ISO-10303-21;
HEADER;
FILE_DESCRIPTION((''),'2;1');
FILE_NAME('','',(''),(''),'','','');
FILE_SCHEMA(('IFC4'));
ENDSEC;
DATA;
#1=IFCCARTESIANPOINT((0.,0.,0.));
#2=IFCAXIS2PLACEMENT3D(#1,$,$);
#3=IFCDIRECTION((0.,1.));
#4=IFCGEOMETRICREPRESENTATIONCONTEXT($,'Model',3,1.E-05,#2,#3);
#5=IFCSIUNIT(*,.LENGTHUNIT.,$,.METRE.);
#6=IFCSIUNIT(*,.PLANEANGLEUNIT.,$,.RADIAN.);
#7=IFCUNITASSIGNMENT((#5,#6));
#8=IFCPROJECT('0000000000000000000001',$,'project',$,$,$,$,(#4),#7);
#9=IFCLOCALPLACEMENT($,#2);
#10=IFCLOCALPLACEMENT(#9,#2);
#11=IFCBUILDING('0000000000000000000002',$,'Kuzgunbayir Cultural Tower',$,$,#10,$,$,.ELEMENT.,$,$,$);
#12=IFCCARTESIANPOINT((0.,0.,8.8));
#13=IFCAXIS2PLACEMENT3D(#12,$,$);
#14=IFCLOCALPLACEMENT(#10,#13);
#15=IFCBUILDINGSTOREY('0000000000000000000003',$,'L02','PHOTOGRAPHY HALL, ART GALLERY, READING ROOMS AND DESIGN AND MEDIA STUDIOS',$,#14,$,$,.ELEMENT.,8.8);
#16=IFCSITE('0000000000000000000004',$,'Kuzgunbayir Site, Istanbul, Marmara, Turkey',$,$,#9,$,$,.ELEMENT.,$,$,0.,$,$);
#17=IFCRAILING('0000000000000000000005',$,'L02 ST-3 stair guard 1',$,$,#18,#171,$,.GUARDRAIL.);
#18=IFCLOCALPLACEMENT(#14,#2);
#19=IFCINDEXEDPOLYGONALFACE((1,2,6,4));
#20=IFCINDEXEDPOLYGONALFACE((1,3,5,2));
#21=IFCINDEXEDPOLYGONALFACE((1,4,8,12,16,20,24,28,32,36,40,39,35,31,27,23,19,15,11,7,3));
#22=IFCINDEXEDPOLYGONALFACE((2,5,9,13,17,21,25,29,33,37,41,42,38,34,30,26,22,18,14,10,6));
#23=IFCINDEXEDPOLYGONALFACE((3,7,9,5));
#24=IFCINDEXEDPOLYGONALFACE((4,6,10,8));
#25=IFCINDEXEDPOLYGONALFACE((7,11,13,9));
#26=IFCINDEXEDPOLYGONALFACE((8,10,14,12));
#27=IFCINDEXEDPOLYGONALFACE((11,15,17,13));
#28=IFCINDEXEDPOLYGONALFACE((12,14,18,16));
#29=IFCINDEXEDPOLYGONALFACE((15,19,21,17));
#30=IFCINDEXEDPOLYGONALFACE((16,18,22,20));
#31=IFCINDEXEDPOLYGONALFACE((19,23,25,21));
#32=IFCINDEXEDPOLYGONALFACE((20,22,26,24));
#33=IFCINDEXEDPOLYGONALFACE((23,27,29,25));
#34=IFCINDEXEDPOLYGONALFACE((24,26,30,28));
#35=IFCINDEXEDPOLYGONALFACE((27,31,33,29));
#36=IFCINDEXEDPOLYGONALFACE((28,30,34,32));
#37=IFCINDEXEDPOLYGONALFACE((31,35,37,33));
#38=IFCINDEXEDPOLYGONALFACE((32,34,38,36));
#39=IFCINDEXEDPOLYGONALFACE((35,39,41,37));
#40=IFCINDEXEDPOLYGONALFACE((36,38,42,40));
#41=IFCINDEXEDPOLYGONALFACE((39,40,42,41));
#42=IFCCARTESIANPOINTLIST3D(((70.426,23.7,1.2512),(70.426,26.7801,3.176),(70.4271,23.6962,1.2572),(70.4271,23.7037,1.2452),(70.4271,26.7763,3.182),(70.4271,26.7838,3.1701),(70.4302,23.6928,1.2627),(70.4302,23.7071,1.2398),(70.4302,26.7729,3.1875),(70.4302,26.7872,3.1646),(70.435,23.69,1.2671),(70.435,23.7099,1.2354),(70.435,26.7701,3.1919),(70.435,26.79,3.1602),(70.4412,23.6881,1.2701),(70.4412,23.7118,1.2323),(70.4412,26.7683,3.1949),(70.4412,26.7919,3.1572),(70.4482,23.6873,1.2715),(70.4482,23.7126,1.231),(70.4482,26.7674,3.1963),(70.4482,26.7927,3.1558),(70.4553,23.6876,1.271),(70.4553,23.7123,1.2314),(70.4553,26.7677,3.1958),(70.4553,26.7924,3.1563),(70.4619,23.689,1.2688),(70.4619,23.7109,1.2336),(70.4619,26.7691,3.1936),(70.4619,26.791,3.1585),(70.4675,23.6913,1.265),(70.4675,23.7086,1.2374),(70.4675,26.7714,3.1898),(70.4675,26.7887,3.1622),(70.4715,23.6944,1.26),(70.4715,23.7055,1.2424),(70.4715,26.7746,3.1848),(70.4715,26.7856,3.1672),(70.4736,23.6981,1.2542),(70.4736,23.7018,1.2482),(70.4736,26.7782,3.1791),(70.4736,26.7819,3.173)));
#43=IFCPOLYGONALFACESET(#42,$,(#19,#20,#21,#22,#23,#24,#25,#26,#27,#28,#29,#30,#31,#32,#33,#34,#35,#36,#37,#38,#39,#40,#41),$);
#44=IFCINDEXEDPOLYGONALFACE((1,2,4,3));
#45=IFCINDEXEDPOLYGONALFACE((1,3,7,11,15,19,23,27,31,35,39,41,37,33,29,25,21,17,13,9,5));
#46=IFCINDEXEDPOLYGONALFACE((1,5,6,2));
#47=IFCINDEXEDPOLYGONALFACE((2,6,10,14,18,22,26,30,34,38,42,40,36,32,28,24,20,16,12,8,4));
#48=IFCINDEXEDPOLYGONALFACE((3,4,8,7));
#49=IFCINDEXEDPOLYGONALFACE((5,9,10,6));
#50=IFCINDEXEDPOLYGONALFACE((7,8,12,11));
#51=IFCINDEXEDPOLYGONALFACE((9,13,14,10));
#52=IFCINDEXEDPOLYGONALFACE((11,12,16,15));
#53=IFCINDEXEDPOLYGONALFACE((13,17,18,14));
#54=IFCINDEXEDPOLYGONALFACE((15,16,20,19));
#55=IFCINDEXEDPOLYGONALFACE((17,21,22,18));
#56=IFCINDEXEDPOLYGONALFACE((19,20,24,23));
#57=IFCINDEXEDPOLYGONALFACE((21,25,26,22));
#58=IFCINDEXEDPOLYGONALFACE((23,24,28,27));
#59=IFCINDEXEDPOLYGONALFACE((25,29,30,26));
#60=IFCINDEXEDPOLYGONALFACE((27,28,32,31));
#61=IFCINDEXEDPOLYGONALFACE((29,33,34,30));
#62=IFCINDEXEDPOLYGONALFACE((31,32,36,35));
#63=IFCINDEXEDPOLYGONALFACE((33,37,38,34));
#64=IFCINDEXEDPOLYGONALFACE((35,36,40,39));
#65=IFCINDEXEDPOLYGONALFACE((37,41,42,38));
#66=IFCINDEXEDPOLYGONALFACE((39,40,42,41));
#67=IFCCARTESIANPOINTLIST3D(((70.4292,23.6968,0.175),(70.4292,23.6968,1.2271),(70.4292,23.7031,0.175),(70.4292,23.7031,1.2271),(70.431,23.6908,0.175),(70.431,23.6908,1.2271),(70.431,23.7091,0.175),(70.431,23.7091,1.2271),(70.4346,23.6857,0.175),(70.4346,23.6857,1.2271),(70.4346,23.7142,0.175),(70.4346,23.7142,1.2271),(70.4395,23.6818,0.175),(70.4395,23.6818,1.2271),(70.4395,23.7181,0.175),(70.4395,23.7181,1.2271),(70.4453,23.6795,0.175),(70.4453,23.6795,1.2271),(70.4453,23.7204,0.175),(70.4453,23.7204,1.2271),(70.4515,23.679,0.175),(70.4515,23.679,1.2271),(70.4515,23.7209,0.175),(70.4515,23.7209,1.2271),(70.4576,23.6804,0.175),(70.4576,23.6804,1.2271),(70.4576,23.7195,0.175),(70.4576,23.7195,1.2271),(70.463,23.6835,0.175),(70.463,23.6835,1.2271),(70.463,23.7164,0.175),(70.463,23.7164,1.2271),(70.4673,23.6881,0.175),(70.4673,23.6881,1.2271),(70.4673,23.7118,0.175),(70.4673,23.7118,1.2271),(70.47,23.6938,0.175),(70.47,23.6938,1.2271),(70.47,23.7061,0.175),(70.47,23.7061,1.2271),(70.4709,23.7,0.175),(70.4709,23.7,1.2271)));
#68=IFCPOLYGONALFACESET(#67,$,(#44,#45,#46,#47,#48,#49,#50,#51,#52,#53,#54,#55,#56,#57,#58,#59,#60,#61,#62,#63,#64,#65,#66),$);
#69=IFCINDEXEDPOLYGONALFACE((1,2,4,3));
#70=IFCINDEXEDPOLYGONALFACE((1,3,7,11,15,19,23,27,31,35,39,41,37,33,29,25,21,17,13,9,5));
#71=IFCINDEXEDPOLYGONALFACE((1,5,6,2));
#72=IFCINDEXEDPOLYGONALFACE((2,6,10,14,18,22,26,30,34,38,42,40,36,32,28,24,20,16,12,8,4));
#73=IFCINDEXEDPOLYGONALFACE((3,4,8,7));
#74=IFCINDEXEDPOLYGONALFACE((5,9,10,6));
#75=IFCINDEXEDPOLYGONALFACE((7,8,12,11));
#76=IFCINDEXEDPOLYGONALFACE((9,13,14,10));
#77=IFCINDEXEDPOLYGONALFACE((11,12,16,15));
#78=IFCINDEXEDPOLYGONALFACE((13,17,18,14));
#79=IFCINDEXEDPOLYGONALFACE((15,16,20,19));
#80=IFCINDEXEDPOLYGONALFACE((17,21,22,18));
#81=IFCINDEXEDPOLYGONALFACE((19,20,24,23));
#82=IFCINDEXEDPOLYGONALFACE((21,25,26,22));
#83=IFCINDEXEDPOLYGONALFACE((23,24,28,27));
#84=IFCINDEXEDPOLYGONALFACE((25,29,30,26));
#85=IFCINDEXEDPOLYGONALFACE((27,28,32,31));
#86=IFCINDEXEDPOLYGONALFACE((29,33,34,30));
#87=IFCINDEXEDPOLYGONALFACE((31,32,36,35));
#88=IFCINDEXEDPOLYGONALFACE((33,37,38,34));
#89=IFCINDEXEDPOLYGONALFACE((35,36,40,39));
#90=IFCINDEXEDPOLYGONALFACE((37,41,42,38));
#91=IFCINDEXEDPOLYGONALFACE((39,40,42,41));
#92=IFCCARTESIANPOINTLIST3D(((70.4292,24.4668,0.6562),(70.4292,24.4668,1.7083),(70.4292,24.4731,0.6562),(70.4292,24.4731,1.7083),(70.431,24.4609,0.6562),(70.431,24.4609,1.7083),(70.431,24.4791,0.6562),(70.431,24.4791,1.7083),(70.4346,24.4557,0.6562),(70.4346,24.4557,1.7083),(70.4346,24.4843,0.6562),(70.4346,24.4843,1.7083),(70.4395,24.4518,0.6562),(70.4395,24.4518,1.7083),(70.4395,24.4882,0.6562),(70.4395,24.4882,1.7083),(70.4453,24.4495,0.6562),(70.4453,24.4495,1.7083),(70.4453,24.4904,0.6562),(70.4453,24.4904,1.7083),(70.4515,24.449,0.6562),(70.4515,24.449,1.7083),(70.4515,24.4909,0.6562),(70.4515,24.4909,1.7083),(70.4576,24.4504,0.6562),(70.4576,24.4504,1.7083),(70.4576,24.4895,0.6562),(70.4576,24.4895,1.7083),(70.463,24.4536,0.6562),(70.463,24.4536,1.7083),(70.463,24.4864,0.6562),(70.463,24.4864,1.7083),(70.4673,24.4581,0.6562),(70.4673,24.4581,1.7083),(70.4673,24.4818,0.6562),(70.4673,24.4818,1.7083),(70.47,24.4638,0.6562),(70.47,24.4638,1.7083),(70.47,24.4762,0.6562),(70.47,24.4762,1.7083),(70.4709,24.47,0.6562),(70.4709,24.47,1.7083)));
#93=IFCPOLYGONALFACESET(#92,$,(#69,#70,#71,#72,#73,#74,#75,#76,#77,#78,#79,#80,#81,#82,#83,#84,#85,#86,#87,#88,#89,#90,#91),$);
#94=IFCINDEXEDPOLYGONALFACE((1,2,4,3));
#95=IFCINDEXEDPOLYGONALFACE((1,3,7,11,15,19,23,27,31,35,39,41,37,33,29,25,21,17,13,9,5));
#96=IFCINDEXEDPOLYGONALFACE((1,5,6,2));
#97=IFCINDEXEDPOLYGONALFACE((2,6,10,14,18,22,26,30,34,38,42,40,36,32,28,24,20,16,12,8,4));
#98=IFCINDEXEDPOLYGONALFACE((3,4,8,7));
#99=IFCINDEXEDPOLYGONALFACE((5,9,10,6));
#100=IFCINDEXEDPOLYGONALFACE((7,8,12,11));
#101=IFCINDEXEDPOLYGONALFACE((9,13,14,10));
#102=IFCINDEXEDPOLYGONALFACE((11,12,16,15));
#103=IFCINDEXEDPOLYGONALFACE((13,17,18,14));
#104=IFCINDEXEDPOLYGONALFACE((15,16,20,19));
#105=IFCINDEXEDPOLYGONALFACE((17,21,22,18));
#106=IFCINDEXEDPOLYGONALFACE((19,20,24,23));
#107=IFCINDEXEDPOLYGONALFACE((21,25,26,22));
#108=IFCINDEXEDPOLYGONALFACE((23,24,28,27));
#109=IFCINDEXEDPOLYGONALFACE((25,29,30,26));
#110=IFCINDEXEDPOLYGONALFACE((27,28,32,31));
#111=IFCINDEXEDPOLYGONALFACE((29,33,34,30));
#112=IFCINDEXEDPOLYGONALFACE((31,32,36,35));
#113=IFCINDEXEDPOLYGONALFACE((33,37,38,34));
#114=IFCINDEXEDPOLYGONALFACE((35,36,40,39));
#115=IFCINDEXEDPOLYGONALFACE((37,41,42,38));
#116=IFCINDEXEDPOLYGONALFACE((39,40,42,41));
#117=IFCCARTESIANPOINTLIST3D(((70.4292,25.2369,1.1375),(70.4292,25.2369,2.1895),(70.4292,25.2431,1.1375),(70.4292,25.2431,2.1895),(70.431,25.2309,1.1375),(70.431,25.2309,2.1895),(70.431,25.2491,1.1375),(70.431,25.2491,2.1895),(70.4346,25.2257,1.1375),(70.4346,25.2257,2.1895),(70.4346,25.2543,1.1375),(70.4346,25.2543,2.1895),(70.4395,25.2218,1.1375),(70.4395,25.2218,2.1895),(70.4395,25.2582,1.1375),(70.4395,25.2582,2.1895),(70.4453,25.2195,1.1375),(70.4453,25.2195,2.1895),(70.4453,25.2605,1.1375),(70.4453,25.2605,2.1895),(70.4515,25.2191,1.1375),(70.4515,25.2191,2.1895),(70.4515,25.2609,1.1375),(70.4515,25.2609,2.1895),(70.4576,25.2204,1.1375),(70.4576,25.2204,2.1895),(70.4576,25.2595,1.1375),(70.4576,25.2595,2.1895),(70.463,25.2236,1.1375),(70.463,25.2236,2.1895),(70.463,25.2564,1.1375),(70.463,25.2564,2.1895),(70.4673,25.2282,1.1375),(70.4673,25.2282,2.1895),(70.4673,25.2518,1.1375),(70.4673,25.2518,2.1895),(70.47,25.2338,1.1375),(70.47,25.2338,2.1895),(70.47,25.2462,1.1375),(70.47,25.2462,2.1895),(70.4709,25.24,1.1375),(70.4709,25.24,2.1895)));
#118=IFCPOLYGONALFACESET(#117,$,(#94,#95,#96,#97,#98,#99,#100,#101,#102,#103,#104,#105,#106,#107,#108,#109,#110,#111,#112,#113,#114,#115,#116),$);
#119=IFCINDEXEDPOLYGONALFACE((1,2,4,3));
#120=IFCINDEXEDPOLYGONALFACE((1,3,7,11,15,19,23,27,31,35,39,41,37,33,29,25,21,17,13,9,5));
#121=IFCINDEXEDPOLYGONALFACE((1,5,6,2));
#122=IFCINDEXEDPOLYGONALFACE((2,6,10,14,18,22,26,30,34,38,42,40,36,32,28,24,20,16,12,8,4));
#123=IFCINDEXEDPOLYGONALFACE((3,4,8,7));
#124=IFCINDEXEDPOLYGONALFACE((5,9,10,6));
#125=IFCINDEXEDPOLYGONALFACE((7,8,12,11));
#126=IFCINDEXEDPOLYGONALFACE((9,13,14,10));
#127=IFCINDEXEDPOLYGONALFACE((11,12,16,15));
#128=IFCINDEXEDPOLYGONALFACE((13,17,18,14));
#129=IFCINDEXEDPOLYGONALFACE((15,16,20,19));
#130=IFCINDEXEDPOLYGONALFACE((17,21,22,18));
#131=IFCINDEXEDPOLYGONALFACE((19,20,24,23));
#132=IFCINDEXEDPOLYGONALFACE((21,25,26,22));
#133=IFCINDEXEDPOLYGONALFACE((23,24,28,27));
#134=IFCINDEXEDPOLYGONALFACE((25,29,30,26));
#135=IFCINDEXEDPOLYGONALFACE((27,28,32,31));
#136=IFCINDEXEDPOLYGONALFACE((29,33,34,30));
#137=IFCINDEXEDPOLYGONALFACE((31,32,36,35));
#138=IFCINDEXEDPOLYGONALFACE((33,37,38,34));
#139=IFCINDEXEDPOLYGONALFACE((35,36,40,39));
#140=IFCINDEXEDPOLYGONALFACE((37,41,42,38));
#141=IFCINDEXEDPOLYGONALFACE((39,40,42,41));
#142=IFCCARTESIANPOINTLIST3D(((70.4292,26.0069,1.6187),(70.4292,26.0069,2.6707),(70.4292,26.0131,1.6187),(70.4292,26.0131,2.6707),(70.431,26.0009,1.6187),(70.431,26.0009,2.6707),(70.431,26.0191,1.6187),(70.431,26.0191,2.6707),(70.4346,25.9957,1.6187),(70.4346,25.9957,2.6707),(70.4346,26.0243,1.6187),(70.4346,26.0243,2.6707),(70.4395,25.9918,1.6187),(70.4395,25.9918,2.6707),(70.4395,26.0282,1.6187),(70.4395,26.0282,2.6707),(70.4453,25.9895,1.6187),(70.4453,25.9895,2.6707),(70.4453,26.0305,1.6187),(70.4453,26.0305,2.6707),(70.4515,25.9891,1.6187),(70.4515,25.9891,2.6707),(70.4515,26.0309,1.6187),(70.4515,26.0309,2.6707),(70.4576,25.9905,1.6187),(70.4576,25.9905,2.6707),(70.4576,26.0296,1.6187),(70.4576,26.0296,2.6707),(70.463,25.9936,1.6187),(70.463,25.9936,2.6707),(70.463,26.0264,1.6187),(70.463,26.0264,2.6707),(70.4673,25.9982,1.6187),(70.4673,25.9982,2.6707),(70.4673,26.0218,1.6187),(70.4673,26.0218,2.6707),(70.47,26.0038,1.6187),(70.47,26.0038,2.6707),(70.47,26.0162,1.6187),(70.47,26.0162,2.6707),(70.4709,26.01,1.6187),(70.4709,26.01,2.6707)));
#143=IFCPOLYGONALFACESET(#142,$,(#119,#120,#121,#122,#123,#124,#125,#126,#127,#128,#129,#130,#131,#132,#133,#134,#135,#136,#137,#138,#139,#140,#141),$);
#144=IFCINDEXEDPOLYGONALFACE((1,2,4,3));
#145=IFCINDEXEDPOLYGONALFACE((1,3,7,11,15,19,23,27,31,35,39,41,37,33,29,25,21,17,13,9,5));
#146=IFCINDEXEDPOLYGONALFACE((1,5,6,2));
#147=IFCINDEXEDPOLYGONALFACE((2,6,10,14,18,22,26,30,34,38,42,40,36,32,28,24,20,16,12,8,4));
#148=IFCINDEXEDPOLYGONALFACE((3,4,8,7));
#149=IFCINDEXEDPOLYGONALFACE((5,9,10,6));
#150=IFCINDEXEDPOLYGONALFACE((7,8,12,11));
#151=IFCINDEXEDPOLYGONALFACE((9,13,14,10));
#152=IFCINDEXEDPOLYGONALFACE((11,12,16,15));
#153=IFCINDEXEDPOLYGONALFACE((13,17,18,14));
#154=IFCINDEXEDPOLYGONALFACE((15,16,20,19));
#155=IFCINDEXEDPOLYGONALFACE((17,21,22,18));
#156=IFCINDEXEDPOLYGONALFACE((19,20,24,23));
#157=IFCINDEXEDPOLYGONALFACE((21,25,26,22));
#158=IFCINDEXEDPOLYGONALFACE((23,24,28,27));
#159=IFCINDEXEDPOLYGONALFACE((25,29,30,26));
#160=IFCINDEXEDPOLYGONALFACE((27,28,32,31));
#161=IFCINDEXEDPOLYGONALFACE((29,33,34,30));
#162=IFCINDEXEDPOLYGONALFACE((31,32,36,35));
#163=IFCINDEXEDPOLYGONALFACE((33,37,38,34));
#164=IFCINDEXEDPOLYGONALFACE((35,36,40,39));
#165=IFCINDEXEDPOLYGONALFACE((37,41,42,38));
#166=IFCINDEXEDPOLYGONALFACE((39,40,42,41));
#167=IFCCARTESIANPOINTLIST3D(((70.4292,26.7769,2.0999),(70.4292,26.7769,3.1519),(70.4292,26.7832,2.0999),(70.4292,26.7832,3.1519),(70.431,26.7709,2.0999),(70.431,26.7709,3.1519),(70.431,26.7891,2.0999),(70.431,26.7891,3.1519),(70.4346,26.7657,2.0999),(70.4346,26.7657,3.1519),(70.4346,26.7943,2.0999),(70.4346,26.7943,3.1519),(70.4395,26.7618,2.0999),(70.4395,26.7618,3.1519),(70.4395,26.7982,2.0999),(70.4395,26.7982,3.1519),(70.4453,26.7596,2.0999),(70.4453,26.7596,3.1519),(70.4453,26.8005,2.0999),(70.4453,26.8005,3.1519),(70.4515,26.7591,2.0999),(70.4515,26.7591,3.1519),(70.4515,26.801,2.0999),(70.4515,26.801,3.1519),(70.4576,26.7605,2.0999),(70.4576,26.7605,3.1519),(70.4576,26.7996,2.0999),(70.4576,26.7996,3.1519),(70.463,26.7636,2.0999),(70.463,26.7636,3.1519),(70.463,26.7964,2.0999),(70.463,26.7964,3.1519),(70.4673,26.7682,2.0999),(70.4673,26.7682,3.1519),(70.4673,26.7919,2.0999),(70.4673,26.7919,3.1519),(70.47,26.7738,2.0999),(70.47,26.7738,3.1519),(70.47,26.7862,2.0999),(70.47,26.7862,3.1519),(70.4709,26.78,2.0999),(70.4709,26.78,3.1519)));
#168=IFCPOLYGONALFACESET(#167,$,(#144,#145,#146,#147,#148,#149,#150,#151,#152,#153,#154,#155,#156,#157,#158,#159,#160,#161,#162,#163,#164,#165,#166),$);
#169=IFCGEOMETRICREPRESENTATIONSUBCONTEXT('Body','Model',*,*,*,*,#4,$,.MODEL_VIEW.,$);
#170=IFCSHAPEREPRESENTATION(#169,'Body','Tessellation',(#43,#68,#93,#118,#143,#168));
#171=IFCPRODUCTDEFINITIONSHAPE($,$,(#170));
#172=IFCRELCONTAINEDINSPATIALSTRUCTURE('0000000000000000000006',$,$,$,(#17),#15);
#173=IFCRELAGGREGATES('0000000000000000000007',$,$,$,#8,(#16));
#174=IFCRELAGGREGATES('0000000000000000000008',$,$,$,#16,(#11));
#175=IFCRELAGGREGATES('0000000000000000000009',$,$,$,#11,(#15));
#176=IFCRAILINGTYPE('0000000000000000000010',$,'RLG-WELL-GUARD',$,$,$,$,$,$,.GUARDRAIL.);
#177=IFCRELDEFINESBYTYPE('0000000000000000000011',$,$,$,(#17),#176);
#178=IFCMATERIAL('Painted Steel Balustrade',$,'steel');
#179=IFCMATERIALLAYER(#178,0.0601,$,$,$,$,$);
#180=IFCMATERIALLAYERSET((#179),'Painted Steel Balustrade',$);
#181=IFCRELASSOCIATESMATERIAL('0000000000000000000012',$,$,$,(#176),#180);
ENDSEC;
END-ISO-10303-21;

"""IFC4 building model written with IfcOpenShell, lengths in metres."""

from ifc_helpers import new_model, si_unit, direction, frame, origin, origin_2d, place, context, subcontext, project, spatial, circle, extrude, material, layer, layer_set, type_object, element, save


model = new_model("IFC4")

# Units and contexts
model_context = context("Model", 3, precision=1e-05, world=origin(), true_north=direction((0.0, 1.0)))
body_context = subcontext(model_context, "Body", "Model", "MODEL_VIEW")
ifc_project = project(units=[si_unit("LENGTHUNIT", "METRE"), si_unit("PLANEANGLEUNIT", "RADIAN")], contexts=[model_context])

# Site, building, storey
site_placement = place(None, origin())
site = spatial("IfcSite", under=ifc_project, at=site_placement, Name="Kuzgunbayir Site, Istanbul, Marmara, Turkey", CompositionType="ELEMENT", RefElevation=0.0)
building_placement = place(site_placement, origin())
building = spatial("IfcBuilding", under=site, at=building_placement, Name="Kuzgunbayir Cultural Tower", CompositionType="ELEMENT")
storey_placement = place(building_placement, frame((0.0, 0.0, 8.8)))
storey = spatial("IfcBuildingStorey", under=building, at=storey_placement, Name="L02", Description="PHOTOGRAPHY HALL, ART GALLERY, READING ROOMS AND DESIGN AND MEDIA STUDIOS", CompositionType="ELEMENT", Elevation=8.8)

# Railing
ifc_material_1 = material(Name="Painted Steel Balustrade", Category="steel")
ifc_layer_1 = layer(ifc_material_1, 0.0601)
ifc_layer_set_1 = layer_set([ifc_layer_1], Name="Painted Steel Balustrade")
railing_type_1 = type_object("IfcRailingType", Name="RLG-WELL-GUARD", PredefinedType="GUARDRAIL", material=ifc_layer_set_1)
railing_1_placement = place(storey_placement, frame((70.45, 23.7, 0.175)))
element("IfcRailing", 1, at=railing_1_placement, inside=storey, type_object=railing_type_1, Name="L02 ST-3 stair guard 1", PredefinedType="GUARDRAIL", context=body_context, shape_type="SweptSolid", body=[
    extrude(circle(Radius=0.0239, at=origin_2d()), frame((0.0, 0.0, 1.0762), z_axis=(0.0, 0.848029, 0.529951), x_axis=(-1.0, 0.0, 0.0)), (0.0, 0.0, 1.0), 3.6321),
    extrude(circle(Radius=0.021, at=origin_2d()), origin(), (0.0, 0.0, 1.0), 1.052),
    extrude(circle(Radius=0.021, at=origin_2d()), frame((0.0, 0.77, 0.4812)), (0.0, 0.0, 1.0), 1.052),
    extrude(circle(Radius=0.021, at=origin_2d()), frame((0.0, 1.54, 0.9624)), (0.0, 0.0, 1.0), 1.052),
    extrude(circle(Radius=0.021, at=origin_2d()), frame((0.0, 2.3101, 1.4436)), (0.0, 0.0, 1.0), 1.052),
    extrude(circle(Radius=0.021, at=origin_2d()), frame((0.0, 3.0801, 1.9248)), (0.0, 0.0, 1.0), 1.052),
])

save(model, "model.ifc")
